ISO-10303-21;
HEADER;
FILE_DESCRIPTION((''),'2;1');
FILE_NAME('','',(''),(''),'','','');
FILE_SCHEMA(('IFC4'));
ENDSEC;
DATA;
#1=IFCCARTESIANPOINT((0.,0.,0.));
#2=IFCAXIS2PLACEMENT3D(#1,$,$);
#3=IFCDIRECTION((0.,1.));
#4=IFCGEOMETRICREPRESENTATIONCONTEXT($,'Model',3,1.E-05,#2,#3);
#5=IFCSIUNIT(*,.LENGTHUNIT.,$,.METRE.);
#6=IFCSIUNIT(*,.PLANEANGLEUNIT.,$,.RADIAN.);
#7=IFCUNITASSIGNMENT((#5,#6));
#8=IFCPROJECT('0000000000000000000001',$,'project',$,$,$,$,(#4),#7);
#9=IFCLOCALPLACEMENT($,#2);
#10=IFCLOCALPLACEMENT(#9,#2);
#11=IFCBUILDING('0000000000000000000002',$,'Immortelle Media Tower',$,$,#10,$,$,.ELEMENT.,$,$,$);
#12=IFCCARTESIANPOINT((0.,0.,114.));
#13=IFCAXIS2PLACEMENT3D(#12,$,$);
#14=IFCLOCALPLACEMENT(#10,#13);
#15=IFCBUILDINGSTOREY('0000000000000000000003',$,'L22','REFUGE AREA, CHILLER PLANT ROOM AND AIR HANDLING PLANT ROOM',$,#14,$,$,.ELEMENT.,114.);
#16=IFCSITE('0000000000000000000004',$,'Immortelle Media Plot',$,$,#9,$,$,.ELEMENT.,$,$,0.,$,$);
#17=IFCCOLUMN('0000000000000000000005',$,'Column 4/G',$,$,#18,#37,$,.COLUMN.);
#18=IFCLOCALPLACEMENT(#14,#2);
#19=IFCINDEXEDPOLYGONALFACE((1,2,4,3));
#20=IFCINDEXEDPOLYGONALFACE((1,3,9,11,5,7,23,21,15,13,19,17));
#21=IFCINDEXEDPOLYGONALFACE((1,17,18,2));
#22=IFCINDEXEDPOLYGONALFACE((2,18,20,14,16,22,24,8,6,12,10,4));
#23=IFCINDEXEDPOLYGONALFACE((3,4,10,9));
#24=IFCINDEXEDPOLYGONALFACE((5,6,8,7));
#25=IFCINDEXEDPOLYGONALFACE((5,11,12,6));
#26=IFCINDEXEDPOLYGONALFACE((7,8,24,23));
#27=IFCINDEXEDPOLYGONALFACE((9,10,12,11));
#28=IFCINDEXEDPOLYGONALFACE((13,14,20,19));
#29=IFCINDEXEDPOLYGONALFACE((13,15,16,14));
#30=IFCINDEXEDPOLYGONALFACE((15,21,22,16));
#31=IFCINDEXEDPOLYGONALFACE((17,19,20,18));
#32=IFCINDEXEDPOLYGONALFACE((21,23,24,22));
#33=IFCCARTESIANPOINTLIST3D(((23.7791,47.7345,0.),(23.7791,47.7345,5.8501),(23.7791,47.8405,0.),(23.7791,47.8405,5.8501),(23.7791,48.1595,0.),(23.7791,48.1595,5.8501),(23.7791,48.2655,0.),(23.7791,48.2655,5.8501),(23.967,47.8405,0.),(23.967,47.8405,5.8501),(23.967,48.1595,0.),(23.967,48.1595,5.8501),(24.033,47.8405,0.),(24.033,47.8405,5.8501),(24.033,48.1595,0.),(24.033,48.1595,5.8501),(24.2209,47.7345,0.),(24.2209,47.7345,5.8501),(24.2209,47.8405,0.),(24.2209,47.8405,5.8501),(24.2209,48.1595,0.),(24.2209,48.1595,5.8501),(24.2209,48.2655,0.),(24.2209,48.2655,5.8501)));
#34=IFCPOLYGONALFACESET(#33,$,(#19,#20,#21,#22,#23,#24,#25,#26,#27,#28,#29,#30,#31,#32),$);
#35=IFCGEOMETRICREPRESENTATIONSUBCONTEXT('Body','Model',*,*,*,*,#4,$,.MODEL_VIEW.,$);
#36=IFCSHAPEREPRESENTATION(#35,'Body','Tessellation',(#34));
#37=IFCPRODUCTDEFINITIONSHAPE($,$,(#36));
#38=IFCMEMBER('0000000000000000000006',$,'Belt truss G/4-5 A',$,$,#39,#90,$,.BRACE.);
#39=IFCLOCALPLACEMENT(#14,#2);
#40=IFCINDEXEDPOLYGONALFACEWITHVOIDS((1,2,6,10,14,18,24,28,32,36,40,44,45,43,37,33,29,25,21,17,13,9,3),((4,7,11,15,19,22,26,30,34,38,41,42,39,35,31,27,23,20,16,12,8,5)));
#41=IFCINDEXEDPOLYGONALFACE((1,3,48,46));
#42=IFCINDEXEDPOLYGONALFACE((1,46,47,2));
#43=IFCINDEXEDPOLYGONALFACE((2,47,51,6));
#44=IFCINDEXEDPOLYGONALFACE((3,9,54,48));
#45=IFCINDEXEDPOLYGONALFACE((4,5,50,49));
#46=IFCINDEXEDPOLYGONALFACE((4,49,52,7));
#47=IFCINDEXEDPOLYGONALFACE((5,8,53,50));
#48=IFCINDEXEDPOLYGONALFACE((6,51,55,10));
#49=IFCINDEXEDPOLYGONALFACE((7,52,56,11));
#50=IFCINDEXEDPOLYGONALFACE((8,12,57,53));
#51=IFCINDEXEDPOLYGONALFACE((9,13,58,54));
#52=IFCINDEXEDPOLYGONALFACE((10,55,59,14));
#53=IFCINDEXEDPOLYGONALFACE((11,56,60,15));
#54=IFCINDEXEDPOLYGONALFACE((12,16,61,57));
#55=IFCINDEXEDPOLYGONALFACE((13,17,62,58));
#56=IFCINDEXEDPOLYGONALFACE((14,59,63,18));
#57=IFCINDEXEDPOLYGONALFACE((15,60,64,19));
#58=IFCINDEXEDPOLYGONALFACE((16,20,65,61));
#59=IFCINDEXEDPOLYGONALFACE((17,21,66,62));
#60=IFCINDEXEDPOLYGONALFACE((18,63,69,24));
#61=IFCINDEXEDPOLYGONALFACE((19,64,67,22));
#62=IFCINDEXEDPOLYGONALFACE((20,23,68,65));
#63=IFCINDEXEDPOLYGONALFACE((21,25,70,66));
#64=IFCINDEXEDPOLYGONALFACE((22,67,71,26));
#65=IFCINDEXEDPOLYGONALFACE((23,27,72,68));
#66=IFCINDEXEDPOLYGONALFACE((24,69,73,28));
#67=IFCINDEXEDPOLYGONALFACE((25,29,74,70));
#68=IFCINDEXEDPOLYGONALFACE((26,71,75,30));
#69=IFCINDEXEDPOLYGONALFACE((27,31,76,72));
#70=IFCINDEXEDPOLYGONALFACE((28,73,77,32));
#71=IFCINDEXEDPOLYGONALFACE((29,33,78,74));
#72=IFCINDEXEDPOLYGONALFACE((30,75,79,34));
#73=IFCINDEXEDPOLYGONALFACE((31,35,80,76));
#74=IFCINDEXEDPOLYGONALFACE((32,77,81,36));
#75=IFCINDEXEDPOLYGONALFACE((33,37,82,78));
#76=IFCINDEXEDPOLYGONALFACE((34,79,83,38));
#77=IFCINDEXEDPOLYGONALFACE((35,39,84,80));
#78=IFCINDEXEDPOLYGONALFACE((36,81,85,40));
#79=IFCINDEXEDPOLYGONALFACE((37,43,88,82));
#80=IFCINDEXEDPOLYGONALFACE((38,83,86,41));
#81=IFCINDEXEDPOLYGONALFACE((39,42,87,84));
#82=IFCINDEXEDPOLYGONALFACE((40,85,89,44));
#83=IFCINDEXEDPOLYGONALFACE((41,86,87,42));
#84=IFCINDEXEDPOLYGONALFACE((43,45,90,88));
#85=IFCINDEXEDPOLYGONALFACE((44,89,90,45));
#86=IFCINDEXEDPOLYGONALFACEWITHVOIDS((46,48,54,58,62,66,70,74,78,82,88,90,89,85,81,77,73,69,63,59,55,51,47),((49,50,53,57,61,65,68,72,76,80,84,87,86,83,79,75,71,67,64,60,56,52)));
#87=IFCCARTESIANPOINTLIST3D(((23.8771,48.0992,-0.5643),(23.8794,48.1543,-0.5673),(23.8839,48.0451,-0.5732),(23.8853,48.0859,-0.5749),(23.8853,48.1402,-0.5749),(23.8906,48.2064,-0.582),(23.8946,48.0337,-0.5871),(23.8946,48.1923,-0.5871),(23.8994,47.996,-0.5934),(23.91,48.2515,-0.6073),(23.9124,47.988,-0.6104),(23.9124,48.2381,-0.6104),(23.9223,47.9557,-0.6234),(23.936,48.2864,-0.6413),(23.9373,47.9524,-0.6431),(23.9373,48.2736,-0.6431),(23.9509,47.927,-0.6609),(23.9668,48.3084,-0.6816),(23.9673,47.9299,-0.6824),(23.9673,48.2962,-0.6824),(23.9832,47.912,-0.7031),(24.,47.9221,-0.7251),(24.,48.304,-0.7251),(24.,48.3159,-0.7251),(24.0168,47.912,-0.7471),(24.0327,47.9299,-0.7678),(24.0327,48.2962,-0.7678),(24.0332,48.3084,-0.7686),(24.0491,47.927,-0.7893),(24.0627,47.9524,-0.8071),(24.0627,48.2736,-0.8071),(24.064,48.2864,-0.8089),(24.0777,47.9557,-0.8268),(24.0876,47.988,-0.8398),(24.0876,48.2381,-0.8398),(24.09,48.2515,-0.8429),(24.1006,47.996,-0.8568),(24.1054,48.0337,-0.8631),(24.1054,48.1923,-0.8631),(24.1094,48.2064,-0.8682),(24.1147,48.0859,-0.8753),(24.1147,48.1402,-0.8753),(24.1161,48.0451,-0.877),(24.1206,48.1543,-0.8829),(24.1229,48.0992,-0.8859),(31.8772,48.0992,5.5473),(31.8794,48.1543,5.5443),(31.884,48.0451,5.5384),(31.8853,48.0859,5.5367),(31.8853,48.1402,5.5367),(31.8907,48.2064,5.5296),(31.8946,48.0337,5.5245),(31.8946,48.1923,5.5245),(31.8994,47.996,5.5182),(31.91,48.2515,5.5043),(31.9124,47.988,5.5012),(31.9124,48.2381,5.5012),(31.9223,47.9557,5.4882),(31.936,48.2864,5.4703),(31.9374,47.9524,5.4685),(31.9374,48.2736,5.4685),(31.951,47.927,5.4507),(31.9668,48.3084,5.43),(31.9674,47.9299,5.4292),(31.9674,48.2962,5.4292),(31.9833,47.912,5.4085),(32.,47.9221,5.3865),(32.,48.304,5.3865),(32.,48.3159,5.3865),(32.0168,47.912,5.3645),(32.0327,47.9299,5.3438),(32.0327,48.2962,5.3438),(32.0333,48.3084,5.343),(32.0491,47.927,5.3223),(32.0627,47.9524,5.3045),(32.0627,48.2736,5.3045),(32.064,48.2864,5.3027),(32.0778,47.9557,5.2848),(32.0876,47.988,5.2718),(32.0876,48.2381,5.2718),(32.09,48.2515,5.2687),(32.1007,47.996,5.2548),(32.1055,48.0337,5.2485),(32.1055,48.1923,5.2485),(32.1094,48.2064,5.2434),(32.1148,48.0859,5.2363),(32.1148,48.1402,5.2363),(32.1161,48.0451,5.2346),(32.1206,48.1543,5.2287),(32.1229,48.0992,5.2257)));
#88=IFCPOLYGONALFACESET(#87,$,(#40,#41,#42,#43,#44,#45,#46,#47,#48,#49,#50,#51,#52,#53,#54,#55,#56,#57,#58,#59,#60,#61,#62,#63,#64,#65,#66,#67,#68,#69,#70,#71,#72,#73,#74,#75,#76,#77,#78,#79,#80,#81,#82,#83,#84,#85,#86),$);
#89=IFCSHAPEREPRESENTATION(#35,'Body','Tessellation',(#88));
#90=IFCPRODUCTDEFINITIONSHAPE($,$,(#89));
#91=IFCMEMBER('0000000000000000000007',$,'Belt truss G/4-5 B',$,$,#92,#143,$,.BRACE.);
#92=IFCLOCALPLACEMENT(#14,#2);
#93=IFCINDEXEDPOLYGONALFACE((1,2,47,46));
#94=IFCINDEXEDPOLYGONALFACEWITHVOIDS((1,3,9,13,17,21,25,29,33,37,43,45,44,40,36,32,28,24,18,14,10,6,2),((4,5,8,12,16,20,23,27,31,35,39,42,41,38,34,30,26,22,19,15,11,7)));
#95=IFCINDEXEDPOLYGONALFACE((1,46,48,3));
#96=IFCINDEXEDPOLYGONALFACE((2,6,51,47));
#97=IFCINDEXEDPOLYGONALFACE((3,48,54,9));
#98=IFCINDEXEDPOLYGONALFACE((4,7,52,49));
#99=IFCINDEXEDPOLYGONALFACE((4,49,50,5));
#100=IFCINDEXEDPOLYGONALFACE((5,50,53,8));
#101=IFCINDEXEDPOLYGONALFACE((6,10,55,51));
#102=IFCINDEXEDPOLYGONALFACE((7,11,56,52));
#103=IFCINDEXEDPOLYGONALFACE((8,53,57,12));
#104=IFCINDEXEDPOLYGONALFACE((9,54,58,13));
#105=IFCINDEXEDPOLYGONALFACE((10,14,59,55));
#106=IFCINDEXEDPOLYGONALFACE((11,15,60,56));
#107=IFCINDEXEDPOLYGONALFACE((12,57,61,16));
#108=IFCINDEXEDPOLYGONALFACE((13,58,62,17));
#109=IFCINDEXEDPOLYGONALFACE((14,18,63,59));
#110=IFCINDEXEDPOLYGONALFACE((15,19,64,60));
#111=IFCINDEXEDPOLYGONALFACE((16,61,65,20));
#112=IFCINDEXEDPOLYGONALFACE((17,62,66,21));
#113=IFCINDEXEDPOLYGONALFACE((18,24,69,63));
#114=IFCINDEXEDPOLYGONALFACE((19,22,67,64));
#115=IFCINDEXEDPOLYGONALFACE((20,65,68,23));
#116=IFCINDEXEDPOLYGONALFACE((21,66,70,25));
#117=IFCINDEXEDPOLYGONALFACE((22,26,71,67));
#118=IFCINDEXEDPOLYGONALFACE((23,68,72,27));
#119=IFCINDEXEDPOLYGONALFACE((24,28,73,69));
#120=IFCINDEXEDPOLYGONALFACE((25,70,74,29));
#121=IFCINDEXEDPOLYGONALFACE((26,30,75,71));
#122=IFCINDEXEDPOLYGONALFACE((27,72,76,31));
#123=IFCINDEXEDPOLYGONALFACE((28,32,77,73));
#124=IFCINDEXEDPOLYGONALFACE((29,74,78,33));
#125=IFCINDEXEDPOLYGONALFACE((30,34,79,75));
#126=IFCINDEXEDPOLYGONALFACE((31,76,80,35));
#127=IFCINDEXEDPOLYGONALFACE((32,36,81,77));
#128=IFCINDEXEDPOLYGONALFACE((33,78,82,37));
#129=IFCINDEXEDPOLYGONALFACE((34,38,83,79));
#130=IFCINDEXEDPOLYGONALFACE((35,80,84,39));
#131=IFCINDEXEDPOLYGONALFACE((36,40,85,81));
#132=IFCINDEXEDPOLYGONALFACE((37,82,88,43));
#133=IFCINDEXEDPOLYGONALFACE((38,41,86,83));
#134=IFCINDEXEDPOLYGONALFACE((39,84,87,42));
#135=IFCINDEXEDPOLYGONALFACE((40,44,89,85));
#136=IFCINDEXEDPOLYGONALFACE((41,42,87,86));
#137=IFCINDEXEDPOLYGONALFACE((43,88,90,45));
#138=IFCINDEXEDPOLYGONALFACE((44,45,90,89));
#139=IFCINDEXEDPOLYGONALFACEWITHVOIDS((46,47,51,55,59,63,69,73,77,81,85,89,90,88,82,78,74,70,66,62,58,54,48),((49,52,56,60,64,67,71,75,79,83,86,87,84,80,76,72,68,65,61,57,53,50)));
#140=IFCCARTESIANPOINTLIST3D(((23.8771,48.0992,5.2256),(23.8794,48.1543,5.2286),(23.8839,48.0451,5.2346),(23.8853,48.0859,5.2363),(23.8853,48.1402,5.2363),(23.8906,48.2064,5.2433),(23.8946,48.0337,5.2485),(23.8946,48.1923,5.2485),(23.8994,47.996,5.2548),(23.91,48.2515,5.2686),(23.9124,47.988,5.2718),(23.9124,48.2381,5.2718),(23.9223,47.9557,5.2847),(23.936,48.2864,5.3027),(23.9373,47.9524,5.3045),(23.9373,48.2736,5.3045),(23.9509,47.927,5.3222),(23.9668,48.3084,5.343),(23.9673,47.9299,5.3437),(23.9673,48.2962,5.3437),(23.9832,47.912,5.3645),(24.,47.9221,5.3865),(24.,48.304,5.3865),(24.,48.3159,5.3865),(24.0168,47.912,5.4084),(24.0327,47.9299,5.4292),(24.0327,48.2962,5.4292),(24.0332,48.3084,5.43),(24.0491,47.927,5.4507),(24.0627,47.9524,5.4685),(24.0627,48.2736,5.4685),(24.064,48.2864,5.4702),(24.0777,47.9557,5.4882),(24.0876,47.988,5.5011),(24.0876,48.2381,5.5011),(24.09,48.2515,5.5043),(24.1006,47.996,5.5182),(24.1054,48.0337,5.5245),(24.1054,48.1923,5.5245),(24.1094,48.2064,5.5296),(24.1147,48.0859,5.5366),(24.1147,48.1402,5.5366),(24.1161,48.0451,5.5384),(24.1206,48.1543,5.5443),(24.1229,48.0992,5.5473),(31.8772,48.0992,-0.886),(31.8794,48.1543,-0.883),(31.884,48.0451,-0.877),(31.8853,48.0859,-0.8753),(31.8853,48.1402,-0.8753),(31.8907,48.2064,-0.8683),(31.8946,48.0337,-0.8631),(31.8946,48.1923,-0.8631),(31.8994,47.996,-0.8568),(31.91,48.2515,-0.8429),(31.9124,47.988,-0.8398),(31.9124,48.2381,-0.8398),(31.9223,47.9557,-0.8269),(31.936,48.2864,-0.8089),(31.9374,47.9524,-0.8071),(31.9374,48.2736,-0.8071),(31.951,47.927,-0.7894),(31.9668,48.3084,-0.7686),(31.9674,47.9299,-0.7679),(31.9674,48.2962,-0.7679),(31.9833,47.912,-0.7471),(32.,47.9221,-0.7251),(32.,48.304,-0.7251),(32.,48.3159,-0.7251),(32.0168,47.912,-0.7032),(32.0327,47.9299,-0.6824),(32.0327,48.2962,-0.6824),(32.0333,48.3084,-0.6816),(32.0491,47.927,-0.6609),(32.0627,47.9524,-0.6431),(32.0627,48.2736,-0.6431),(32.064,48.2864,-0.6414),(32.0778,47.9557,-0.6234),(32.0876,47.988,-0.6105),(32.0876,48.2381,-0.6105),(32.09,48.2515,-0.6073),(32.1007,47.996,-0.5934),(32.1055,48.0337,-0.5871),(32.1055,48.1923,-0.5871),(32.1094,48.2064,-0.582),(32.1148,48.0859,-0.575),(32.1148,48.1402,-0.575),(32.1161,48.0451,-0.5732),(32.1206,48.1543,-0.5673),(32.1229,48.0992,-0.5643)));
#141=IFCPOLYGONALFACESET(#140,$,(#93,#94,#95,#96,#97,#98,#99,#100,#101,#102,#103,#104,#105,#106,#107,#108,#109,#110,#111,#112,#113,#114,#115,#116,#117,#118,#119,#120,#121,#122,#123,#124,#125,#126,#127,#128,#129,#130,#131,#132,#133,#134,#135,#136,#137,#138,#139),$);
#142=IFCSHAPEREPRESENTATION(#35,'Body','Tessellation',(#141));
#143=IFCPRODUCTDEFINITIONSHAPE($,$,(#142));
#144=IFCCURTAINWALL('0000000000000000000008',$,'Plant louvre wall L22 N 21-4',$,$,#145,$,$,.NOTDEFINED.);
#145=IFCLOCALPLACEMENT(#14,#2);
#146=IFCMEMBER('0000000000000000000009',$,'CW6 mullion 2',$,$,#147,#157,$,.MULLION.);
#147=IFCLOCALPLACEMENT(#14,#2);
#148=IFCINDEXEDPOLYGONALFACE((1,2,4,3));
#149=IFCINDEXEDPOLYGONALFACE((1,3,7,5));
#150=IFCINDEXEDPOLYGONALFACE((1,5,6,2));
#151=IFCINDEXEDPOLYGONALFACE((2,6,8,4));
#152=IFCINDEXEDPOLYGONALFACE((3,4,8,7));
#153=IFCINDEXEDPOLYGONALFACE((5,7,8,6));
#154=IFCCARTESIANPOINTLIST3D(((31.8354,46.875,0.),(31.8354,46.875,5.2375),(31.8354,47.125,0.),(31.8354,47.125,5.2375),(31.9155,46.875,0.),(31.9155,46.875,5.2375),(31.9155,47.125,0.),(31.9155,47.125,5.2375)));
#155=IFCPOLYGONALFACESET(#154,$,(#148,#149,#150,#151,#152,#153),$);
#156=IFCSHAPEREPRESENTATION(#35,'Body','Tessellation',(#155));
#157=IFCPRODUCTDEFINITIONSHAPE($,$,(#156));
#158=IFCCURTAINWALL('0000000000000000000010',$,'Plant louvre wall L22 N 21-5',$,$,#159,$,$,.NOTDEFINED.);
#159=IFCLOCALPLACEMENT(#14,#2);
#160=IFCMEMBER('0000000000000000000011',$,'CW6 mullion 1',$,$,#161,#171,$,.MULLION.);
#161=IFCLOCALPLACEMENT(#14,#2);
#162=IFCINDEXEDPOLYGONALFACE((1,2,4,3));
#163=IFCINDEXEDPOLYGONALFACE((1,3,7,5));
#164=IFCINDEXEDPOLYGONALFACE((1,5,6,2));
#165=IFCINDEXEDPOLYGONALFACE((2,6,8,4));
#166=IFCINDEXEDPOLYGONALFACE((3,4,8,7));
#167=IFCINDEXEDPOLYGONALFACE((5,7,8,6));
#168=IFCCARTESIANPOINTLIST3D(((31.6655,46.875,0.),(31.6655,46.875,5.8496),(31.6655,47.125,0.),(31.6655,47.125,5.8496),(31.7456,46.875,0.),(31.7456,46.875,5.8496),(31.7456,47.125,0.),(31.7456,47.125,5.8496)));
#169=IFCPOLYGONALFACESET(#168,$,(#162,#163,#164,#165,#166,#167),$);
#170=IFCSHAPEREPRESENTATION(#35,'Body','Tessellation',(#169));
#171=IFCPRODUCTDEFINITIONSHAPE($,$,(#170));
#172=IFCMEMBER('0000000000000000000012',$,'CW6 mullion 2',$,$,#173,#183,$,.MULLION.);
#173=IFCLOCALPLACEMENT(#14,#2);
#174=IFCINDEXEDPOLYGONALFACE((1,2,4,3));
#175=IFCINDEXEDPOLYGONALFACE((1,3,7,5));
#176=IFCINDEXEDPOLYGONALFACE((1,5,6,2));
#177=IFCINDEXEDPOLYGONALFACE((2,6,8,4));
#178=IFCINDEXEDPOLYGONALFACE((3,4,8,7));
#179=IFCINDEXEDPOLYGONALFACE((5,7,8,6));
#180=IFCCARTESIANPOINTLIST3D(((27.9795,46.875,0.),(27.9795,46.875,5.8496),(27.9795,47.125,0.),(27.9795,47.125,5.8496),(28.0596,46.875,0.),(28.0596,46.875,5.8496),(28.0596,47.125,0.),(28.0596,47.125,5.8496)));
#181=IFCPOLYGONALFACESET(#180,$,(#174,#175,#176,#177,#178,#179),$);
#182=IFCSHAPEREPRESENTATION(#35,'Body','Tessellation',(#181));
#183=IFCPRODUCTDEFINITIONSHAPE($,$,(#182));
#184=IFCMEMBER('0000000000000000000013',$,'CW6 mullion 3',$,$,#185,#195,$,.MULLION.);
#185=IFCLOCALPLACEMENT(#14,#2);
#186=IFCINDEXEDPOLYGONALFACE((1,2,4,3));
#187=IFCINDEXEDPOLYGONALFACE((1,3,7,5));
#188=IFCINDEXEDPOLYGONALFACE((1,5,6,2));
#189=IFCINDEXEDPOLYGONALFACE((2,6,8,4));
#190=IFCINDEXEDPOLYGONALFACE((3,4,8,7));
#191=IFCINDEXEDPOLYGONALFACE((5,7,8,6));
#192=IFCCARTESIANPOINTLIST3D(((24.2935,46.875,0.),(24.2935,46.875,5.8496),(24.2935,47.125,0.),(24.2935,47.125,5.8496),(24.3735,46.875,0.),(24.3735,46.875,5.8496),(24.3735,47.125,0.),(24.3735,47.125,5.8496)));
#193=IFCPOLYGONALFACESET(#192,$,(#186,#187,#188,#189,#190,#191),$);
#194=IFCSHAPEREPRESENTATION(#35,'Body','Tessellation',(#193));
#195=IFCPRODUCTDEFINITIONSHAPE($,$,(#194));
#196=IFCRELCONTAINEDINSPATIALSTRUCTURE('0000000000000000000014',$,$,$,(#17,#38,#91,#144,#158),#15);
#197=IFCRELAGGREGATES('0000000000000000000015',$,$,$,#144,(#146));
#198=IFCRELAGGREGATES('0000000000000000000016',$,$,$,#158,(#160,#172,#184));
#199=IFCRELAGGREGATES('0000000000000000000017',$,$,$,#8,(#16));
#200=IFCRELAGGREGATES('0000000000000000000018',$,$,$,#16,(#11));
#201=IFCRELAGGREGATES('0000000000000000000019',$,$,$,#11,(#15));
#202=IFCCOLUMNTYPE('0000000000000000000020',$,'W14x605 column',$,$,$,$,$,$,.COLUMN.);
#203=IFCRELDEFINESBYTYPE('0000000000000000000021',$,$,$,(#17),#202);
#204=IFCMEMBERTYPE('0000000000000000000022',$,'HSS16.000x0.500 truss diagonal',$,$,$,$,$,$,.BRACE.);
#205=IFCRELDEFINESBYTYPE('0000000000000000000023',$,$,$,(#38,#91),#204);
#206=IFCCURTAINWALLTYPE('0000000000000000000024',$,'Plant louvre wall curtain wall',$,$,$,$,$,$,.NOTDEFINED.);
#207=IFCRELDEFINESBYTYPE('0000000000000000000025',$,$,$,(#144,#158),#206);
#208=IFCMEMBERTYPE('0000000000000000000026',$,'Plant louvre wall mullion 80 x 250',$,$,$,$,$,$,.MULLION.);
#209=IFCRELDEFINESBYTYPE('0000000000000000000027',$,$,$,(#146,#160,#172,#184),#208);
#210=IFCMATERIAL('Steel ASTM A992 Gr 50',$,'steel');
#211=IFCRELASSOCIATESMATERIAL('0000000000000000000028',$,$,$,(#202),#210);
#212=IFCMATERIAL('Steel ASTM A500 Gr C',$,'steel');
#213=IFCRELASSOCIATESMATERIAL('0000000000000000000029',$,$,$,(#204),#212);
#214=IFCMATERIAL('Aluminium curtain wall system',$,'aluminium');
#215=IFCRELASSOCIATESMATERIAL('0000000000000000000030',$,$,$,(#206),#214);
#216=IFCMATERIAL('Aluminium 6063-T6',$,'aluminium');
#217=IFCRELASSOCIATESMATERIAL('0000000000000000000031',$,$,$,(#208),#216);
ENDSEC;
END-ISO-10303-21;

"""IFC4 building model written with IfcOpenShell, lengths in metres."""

from ifc_helpers import new_model, si_unit, direction, frame, origin, origin_2d, place, context, subcontext, project, spatial, rectangle, hollow_circle, i_section, extrude, material, material_profile, profile_set, type_object, element, aggregate, save


model = new_model("IFC4")

# Units and contexts
model_context = context("Model", 3, precision=1e-05, world=origin(), true_north=direction((0.0, 1.0)))
body_context = subcontext(model_context, "Body", "Model", "MODEL_VIEW")
ifc_project = project(units=[si_unit("LENGTHUNIT", "METRE"), si_unit("PLANEANGLEUNIT", "RADIAN")], contexts=[model_context])

# Site, building, storey
site_placement = place(None, origin())
site = spatial("IfcSite", under=ifc_project, at=site_placement, Name="Immortelle Media Plot", CompositionType="ELEMENT", RefElevation=0.0)
building_placement = place(site_placement, origin())
building = spatial("IfcBuilding", under=site, at=building_placement, Name="Immortelle Media Tower", CompositionType="ELEMENT")
storey_placement = place(building_placement, frame((0.0, 0.0, 114.0)))
storey = spatial("IfcBuildingStorey", under=building, at=storey_placement, Name="L22", Description="REFUGE AREA, CHILLER PLANT ROOM AND AIR HANDLING PLANT ROOM", CompositionType="ELEMENT", Elevation=114.0)

# Column
ifc_material_1 = material(Name="Steel ASTM A992 Gr 50", Category="steel")
ifc_material_profile_1 = material_profile(ifc_material_1, i_section(OverallWidth=0.4419, OverallDepth=0.531, WebThickness=0.0659, FlangeThickness=0.106, at=origin_2d()), Name="W14x605")
ifc_profile_set_1 = profile_set([ifc_material_profile_1], Name="Steel ASTM A992 Gr 50")
column_type = type_object("IfcColumnType", Name="W14x605 column", PredefinedType="COLUMN", material=ifc_profile_set_1)
column_placement = place(storey_placement, frame((24.0, 48.0, 0.0), z_axis=(0.0, 0.0, 1.0), x_axis=(1.0, 0.0, 0.0)))
element("IfcColumn", 1, at=column_placement, inside=storey, type_object=column_type, Name="Column 4/G", PredefinedType="COLUMN", context=body_context, shape_type="SweptSolid", body=[
    extrude(i_section(OverallWidth=0.4419, OverallDepth=0.531, WebThickness=0.0659, FlangeThickness=0.106, at=origin_2d()), origin(), (0.0, 0.0, 1.0), 5.8501),
])

# Members
ifc_material_2 = material(Name="Steel ASTM A500 Gr C", Category="steel")
ifc_material_profile_2 = material_profile(ifc_material_2, hollow_circle(Radius=0.2029, WallThickness=0.012, at=origin_2d()), Name="HSS16.000x0.500 truss diagonal")
ifc_profile_set_2 = profile_set([ifc_material_profile_2], Name="Steel ASTM A500 Gr C")
member_type_1 = type_object("IfcMemberType", Name="HSS16.000x0.500 truss diagonal", PredefinedType="BRACE", material=ifc_profile_set_2)
for number, where, z_axis, x_axis, name in (
    (2, (24.0, 48.113, -0.7251), (0.794649, 0.0, 0.607069), (0.0, 1.0, 0.0), "Belt truss G/4-5 A"),
    (3, (24.0, 48.113, 5.3865), (0.794649, 0.0, -0.607069), (0.0, 1.0, 0.0), "Belt truss G/4-5 B"),
):
    element("IfcMember", number, at=place(storey_placement, frame(where, z_axis=z_axis, x_axis=x_axis)), inside=storey, type_object=member_type_1, Name=name, PredefinedType="BRACE", context=body_context, shape_type="SweptSolid", body=[
        extrude(hollow_circle(Radius=0.2029, WallThickness=0.012, at=origin_2d()), origin(), (0.0, 0.0, 1.0), 10.0674),
    ])

# Curtain wall, member
ifc_material_3 = material(Name="Aluminium curtain wall system", Category="aluminium")
curtain_wall_type = type_object("IfcCurtainWallType", Name="Plant louvre wall curtain wall", PredefinedType="NOTDEFINED", material=ifc_material_3)
curtain_wall_1_placement = place(storey_placement, origin())
curtain_wall_1 = element("IfcCurtainWall", 4, at=curtain_wall_1_placement, inside=storey, type_object=curtain_wall_type, Name="Plant louvre wall L22 N 21-4", PredefinedType="NOTDEFINED")
ifc_material_4 = material(Name="Aluminium 6063-T6", Category="aluminium")
ifc_material_profile_3 = material_profile(ifc_material_4, rectangle(XDim=0.25, YDim=0.0801, at=origin_2d()), Name="AL 80x250")
ifc_profile_set_3 = profile_set([ifc_material_profile_3], Name="Aluminium 6063-T6")
member_type_2 = type_object("IfcMemberType", Name="Plant louvre wall mullion 80 x 250", PredefinedType="MULLION", material=ifc_profile_set_3)
member_1_placement = place(storey_placement, frame((31.8755, 47.0, 0.0), z_axis=(0.0, 0.0, 1.0), x_axis=(0.0, -1.0, 0.0)))
member_1 = element("IfcMember", 5, at=member_1_placement, type_object=member_type_2, Name="CW6 mullion 2", PredefinedType="MULLION", context=body_context, shape_type="SweptSolid", body=[
    extrude(rectangle(XDim=0.25, YDim=0.0801, at=origin_2d()), origin(), (0.0, 0.0, 1.0), 5.2375),
])
aggregate(curtain_wall_1, [member_1])

# Curtain wall, members
curtain_wall_2_placement = place(storey_placement, origin())
curtain_wall_2 = element("IfcCurtainWall", 6, at=curtain_wall_2_placement, inside=storey, type_object=curtain_wall_type, Name="Plant louvre wall L22 N 21-5", PredefinedType="NOTDEFINED")
member_2_placement = place(storey_placement, frame((31.7056, 47.0, 0.0), z_axis=(0.0, 0.0, 1.0), x_axis=(0.0, -1.0, 0.0)))
member_2 = element("IfcMember", 7, at=member_2_placement, type_object=member_type_2, Name="CW6 mullion 1", PredefinedType="MULLION", context=body_context, shape_type="SweptSolid", body=[
    extrude(rectangle(XDim=0.25, YDim=0.0801, at=origin_2d()), origin(), (0.0, 0.0, 1.0), 5.8496),
])
member_3_placement = place(storey_placement, frame((28.0195, 47.0, 0.0), z_axis=(0.0, 0.0, 1.0), x_axis=(0.0, -1.0, 0.0)))
member_3 = element("IfcMember", 8, at=member_3_placement, type_object=member_type_2, Name="CW6 mullion 2", PredefinedType="MULLION", context=body_context, shape_type="SweptSolid", body=[
    extrude(rectangle(XDim=0.25, YDim=0.0801, at=origin_2d()), origin(), (0.0, 0.0, 1.0), 5.8496),
])
member_4_placement = place(storey_placement, frame((24.3335, 47.0, 0.0), z_axis=(0.0, 0.0, 1.0), x_axis=(0.0, -1.0, 0.0)))
member_4 = element("IfcMember", 9, at=member_4_placement, type_object=member_type_2, Name="CW6 mullion 3", PredefinedType="MULLION", context=body_context, shape_type="SweptSolid", body=[
    extrude(rectangle(XDim=0.25, YDim=0.0801, at=origin_2d()), origin(), (0.0, 0.0, 1.0), 5.8496),
])

aggregate(curtain_wall_2, [member_2, member_3, member_4])

save(model, "model.ifc")
